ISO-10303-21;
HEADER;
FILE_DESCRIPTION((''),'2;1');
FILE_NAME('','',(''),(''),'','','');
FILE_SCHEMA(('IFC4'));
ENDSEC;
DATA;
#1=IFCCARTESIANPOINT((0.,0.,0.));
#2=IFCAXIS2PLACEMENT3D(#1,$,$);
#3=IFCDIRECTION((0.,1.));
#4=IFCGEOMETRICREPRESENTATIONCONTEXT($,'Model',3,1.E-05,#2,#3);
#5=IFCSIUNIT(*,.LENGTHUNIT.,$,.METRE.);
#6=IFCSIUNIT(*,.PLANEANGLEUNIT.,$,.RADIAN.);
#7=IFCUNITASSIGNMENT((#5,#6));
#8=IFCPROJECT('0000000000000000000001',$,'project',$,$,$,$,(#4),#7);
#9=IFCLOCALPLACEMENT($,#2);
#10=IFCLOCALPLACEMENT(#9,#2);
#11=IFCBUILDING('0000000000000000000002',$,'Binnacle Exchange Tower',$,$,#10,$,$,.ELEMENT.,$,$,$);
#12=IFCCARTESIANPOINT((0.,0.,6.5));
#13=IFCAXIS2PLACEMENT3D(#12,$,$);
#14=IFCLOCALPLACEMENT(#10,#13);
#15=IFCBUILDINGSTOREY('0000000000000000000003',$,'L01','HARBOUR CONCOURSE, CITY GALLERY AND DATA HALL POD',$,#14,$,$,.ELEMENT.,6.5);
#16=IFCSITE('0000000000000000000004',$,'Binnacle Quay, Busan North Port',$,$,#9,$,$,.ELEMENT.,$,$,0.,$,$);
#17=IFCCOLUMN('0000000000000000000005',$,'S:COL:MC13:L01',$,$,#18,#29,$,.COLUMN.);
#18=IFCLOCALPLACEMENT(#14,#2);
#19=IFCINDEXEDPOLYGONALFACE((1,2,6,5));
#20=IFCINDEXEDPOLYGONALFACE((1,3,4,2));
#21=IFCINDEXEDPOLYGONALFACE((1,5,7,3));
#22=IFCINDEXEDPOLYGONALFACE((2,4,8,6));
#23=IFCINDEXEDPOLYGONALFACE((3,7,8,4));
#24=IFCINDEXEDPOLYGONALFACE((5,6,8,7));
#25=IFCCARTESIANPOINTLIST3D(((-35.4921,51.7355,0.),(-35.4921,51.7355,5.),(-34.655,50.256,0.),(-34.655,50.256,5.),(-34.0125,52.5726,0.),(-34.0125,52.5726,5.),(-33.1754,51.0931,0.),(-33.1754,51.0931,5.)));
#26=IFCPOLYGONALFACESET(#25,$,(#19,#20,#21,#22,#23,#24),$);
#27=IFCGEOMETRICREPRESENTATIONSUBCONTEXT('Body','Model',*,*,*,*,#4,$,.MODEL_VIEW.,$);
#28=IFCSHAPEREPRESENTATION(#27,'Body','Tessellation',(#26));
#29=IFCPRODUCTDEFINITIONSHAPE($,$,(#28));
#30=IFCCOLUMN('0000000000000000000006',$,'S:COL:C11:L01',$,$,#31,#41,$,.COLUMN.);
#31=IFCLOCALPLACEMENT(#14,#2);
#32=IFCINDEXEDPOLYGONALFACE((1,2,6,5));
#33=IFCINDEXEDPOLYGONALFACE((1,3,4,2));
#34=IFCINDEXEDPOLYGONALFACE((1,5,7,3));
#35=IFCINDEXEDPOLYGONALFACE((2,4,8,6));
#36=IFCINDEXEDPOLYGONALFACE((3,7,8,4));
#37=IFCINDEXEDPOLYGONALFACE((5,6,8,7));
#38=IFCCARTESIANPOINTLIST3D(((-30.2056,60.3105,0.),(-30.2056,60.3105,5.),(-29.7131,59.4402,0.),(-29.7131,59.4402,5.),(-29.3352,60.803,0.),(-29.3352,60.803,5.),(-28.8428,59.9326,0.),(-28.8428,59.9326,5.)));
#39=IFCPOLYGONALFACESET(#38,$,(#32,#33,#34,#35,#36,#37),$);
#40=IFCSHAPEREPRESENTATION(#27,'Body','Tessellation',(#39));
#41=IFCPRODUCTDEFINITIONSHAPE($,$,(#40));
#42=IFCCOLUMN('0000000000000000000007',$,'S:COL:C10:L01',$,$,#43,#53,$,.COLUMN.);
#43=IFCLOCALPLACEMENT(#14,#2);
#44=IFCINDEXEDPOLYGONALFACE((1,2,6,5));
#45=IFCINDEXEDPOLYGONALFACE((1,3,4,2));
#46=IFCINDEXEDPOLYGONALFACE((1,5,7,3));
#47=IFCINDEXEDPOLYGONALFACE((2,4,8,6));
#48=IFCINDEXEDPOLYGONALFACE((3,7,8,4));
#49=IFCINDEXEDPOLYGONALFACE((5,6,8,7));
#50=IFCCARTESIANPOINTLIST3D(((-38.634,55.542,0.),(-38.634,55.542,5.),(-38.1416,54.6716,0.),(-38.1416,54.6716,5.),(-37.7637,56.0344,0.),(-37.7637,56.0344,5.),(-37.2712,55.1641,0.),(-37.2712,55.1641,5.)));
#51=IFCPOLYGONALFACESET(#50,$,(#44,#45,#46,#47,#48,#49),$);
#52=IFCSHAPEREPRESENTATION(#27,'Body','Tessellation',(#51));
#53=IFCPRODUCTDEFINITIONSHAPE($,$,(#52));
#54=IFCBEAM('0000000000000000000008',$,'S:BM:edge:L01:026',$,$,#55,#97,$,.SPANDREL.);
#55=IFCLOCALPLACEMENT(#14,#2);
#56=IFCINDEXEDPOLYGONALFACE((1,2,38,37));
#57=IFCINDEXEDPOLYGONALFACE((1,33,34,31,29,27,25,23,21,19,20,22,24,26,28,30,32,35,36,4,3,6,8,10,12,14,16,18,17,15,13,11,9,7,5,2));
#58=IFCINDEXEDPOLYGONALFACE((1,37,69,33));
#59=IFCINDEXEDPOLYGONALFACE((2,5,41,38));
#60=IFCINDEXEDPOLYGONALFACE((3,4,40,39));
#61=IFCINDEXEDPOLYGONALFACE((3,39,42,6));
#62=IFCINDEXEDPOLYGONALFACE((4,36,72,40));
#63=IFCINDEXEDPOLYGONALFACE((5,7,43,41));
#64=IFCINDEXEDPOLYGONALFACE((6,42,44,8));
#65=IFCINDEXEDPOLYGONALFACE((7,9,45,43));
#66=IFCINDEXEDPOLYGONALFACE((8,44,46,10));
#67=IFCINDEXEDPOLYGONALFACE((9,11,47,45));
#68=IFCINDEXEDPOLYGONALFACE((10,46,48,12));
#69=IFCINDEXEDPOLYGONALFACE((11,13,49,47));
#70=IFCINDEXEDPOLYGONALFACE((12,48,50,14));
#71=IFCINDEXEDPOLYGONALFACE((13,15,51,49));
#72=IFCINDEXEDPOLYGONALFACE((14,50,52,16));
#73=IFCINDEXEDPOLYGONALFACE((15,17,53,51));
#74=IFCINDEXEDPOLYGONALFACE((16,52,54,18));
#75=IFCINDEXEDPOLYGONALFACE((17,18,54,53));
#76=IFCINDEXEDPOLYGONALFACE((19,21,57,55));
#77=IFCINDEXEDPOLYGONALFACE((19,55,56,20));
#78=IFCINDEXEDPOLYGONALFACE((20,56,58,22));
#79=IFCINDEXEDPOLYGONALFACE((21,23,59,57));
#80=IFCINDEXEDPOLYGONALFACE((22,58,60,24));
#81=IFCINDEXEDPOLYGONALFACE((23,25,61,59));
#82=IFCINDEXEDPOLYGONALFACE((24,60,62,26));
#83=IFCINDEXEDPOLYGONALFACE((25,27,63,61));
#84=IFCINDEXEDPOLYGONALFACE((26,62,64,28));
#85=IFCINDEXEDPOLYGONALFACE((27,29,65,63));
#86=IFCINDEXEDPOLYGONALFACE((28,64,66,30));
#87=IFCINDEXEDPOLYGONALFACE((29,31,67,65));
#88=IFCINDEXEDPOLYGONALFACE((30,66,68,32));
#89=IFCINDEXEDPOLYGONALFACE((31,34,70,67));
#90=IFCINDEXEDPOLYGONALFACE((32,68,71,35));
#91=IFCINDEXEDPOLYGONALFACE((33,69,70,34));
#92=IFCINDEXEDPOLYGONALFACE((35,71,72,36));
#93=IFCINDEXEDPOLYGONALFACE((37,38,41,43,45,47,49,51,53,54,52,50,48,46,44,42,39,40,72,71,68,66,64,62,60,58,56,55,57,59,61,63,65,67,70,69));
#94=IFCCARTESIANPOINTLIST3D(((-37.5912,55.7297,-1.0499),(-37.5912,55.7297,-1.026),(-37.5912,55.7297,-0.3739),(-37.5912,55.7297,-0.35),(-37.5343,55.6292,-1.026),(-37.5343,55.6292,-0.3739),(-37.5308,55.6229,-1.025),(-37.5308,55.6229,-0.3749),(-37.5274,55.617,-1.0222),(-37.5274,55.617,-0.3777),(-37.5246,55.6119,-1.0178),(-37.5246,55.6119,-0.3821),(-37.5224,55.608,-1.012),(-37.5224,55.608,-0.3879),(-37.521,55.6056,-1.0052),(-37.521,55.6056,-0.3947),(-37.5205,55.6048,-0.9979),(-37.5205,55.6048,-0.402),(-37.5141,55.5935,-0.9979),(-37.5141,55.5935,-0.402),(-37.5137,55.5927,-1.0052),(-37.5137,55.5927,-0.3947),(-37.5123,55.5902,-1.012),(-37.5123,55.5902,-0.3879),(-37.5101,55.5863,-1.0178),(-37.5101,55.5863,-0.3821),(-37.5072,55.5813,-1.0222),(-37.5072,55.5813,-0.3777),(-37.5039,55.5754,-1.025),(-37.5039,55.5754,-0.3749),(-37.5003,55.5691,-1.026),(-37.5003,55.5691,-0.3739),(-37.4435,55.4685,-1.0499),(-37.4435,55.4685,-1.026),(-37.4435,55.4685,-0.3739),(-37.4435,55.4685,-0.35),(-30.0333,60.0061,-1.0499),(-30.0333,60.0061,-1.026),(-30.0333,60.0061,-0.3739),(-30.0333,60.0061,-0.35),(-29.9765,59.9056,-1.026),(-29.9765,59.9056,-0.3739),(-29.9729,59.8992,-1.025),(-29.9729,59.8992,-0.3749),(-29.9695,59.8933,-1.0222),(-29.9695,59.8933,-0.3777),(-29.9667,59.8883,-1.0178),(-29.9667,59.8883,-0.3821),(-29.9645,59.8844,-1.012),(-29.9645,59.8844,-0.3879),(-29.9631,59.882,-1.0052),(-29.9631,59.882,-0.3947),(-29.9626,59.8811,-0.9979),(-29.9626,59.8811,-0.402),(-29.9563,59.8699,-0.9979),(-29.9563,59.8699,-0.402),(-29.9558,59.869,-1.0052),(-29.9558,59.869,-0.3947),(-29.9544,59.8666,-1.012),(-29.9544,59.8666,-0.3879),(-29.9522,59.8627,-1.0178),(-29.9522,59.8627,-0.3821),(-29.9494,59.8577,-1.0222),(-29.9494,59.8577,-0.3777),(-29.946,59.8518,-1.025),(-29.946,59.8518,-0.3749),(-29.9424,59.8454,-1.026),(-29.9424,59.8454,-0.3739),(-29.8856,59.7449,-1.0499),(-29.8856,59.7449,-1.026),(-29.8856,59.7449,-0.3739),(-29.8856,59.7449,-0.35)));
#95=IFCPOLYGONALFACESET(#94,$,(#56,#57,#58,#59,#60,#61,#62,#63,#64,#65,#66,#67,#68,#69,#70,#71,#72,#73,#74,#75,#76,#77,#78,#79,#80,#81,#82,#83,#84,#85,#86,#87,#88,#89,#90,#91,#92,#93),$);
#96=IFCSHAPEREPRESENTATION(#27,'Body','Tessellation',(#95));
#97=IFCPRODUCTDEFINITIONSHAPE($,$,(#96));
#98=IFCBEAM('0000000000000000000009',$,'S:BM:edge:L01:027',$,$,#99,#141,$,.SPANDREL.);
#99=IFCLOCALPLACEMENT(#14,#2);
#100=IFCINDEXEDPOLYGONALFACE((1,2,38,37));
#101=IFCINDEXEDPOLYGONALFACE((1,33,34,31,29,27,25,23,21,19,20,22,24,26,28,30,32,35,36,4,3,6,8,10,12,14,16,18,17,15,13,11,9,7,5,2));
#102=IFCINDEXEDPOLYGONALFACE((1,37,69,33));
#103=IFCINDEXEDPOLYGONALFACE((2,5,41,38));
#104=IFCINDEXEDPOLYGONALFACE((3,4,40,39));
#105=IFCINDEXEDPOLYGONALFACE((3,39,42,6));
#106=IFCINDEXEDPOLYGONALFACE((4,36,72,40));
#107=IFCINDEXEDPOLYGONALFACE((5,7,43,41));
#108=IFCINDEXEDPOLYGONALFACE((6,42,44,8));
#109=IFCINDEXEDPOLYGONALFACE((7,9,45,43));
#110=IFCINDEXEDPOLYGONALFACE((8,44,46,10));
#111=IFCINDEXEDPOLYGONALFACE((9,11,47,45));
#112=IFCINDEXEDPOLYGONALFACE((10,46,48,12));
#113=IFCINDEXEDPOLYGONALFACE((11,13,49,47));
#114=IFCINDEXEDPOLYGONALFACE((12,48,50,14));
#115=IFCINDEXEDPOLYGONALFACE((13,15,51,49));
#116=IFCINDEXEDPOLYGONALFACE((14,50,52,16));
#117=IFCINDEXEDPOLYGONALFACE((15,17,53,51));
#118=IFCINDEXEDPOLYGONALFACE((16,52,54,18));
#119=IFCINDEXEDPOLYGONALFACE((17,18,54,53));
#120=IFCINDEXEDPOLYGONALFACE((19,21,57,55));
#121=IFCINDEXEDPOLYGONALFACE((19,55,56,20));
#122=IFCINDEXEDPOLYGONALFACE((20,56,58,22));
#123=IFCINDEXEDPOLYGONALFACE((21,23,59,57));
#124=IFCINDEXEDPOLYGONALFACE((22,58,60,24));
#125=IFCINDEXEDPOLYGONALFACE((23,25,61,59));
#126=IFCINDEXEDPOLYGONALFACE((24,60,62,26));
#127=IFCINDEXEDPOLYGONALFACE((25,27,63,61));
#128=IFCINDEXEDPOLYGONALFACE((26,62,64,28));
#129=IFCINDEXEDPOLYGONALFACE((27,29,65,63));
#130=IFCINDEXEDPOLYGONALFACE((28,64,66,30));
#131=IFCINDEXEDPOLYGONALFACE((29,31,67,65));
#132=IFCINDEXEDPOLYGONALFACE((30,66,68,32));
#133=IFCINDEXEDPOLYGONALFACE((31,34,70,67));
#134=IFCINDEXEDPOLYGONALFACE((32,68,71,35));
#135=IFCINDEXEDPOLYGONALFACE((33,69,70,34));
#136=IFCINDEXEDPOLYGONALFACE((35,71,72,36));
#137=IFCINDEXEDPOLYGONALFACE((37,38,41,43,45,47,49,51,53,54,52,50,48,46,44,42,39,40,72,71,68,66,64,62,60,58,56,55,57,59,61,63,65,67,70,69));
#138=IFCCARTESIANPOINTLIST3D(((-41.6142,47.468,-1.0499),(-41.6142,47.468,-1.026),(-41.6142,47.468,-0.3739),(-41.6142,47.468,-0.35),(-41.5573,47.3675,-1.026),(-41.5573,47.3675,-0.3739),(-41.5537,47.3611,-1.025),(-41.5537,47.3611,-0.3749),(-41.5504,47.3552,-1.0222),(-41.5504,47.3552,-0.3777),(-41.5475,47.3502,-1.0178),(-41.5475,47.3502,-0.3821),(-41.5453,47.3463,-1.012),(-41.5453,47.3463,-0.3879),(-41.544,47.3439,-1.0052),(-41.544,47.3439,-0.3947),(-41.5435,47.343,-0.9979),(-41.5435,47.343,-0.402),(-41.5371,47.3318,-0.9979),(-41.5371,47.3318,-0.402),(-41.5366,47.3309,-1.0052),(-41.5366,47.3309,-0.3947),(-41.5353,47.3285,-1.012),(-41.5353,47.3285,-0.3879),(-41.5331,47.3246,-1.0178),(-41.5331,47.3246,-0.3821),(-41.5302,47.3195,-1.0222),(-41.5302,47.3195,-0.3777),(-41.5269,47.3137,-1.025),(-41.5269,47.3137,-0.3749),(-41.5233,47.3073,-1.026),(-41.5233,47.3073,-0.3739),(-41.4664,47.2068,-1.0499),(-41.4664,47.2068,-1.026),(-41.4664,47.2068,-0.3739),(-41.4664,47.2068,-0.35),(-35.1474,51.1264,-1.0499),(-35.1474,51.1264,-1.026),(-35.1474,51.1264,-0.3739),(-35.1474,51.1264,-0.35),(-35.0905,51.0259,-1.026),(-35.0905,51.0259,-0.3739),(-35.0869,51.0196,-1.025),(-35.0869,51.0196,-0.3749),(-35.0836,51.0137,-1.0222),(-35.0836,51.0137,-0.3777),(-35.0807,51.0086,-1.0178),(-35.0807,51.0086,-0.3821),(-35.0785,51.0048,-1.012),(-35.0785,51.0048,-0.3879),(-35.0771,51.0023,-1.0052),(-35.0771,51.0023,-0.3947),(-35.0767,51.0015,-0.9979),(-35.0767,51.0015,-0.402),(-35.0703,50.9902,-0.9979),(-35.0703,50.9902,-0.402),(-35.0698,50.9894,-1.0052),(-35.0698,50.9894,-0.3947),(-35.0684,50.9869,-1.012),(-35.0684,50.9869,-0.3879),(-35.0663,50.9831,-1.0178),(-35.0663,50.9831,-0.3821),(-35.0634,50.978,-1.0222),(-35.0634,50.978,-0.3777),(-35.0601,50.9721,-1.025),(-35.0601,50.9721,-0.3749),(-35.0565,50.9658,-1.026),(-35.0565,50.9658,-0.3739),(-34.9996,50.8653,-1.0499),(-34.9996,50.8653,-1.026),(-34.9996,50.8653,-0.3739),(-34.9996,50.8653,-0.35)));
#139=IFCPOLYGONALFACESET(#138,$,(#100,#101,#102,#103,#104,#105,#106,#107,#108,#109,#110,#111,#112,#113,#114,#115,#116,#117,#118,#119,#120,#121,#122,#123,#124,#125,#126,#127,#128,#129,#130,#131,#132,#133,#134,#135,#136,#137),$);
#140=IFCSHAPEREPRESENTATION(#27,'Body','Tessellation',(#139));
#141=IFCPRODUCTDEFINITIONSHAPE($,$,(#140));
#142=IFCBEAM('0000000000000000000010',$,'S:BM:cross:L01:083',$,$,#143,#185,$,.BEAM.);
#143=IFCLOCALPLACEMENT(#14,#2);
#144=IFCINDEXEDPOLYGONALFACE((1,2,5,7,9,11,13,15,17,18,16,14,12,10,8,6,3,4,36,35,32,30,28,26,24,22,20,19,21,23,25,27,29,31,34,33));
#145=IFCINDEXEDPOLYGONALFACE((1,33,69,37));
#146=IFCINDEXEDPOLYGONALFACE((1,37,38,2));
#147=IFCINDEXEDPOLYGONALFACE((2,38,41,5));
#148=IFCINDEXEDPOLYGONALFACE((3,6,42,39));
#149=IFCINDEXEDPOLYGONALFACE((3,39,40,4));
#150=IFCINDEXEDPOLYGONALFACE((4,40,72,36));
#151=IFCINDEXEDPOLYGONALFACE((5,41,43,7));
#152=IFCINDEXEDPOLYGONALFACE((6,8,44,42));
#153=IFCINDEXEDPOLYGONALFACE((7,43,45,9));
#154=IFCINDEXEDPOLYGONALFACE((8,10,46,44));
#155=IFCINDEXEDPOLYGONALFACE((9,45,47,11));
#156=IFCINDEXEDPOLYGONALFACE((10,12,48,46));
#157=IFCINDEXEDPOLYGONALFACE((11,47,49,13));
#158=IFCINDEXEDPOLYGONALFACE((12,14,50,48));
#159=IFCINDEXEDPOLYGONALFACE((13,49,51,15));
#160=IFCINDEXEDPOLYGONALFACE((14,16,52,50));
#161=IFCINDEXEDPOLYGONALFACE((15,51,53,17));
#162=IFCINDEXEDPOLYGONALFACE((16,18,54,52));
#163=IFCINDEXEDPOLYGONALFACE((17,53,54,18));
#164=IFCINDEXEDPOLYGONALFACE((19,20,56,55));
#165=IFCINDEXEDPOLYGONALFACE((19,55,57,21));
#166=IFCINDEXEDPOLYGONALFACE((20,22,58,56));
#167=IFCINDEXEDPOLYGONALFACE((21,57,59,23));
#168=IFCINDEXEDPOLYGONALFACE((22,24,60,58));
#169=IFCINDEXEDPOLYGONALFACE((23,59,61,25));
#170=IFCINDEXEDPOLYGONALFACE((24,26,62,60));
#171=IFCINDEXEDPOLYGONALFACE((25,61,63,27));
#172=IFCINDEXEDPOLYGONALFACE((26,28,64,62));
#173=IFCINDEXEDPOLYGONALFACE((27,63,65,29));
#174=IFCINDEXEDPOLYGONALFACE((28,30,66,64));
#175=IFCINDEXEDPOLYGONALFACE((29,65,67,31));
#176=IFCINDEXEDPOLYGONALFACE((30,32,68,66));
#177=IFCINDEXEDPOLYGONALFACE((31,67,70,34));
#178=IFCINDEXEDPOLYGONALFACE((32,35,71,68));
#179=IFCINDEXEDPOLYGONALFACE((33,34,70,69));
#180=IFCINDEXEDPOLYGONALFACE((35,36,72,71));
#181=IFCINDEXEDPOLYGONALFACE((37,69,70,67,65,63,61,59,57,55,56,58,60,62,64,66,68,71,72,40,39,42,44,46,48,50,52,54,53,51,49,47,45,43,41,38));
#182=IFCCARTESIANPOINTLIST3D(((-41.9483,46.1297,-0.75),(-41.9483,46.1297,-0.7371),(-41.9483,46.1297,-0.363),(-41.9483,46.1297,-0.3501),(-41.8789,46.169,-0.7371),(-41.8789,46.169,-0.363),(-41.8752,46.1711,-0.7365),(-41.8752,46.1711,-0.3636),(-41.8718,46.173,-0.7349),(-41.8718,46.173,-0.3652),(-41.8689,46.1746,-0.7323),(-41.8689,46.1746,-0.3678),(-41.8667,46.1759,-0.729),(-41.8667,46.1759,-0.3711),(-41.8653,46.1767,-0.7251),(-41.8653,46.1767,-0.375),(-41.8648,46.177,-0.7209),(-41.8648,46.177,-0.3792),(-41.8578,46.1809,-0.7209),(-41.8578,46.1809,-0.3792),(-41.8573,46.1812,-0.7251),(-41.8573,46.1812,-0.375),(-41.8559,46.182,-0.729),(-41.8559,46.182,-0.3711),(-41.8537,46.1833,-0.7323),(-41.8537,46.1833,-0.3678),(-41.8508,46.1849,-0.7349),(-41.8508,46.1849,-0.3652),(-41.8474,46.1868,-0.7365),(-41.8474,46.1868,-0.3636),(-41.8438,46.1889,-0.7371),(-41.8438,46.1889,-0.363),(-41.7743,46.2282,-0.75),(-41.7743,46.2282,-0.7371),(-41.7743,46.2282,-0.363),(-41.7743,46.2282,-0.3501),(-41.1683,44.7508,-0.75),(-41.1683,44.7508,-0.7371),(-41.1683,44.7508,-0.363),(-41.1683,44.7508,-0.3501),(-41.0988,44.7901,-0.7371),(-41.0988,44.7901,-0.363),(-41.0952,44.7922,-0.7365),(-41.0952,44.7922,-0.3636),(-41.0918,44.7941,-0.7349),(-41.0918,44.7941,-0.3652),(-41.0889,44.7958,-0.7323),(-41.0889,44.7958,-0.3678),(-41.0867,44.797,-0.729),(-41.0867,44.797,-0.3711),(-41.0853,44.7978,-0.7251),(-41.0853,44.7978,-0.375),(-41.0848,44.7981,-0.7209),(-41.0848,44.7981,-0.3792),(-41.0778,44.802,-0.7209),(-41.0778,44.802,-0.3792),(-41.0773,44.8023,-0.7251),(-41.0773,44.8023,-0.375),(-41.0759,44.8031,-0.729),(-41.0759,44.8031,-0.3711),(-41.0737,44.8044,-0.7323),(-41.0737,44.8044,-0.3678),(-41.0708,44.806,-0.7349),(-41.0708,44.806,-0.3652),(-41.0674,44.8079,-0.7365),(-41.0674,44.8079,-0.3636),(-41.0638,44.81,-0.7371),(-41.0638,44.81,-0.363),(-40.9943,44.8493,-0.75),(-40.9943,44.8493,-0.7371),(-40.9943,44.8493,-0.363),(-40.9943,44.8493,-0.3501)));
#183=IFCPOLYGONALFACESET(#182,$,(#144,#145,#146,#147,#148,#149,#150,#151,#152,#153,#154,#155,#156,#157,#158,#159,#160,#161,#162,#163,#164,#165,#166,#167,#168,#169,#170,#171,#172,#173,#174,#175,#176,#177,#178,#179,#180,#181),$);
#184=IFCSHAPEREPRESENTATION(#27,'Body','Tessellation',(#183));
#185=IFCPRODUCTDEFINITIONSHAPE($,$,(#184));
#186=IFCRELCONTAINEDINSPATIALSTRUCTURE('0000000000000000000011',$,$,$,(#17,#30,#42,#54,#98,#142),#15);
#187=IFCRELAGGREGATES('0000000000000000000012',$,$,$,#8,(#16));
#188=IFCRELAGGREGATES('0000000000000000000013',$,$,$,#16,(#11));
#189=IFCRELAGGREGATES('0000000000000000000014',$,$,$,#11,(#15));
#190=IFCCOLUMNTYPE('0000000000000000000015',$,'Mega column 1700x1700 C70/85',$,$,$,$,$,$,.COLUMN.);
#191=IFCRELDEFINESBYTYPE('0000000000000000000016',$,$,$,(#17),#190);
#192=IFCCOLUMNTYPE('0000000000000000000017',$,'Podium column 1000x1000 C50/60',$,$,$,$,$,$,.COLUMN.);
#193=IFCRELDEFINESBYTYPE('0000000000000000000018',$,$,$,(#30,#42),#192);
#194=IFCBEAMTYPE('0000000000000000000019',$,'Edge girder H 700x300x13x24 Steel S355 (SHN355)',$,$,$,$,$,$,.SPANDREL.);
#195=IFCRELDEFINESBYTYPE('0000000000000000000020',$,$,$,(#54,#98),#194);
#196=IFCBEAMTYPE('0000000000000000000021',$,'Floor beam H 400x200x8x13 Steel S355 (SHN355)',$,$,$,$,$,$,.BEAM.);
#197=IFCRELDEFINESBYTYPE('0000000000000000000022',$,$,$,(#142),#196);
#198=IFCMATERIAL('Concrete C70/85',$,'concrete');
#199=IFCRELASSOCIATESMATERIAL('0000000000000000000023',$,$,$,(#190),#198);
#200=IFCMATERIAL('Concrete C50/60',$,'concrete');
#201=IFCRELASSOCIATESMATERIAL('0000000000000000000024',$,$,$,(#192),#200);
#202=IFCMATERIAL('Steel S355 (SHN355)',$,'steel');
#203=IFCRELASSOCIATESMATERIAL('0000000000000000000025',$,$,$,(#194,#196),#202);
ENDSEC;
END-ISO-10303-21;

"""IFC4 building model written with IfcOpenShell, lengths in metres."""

from ifc_helpers import new_model, si_unit, direction, frame, origin, origin_2d, place, context, subcontext, project, spatial, rectangle, i_section, extrude, material, material_profile, profile_set, type_object, element, save


model = new_model("IFC4")

# Units and contexts
model_context = context("Model", 3, precision=1e-05, world=origin(), true_north=direction((0.0, 1.0)))
body_context = subcontext(model_context, "Body", "Model", "MODEL_VIEW")
ifc_project = project(units=[si_unit("LENGTHUNIT", "METRE"), si_unit("PLANEANGLEUNIT", "RADIAN")], contexts=[model_context])

# Site, building, storey
site_placement = place(None, origin())
site = spatial("IfcSite", under=ifc_project, at=site_placement, Name="Binnacle Quay, Busan North Port", CompositionType="ELEMENT", RefElevation=0.0)
building_placement = place(site_placement, origin())
building = spatial("IfcBuilding", under=site, at=building_placement, Name="Binnacle Exchange Tower", CompositionType="ELEMENT")
storey_placement = place(building_placement, frame((0.0, 0.0, 6.5)))
storey = spatial("IfcBuildingStorey", under=building, at=storey_placement, Name="L01", Description="HARBOUR CONCOURSE, CITY GALLERY AND DATA HALL POD", CompositionType="ELEMENT", Elevation=6.5)

# Columns
ifc_material_1 = material(Name="Concrete C70/85", Category="concrete")
ifc_material_profile_1 = material_profile(ifc_material_1, rectangle(XDim=1.7, YDim=1.7, at=origin_2d()), Name="Mega column 1700x1700 C70/85")
ifc_profile_set_1 = profile_set([ifc_material_profile_1], Name="Concrete C70/85")
column_type_1 = type_object("IfcColumnType", Name="Mega column 1700x1700 C70/85", PredefinedType="COLUMN", material=ifc_profile_set_1)
column_placement = place(storey_placement, frame((-34.3337, 51.4143, 0.0), z_axis=(0.0, 0.0, 1.0), x_axis=(-0.870356, -0.492424, 0.0)))
element("IfcColumn", 1, at=column_placement, inside=storey, type_object=column_type_1, Name="S:COL:MC13:L01", PredefinedType="COLUMN", context=body_context, shape_type="SweptSolid", body=[
    extrude(rectangle(XDim=1.7, YDim=1.7, at=origin_2d()), origin(), (0.0, 0.0, 1.0), 5.0),
])
ifc_material_2 = material(Name="Concrete C50/60", Category="concrete")
ifc_material_profile_2 = material_profile(ifc_material_2, rectangle(XDim=1.0, YDim=1.0, at=origin_2d()), Name="Podium column 1000x1000 C50/60")
ifc_profile_set_2 = profile_set([ifc_material_profile_2], Name="Concrete C50/60")
column_type_2 = type_object("IfcColumnType", Name="Podium column 1000x1000 C50/60", PredefinedType="COLUMN", material=ifc_profile_set_2)
for number, where, z_axis, x_axis, name in (
    (2, (-29.5242, 60.1216, 0.0), (0.0, 0.0, 1.0), (-0.870356, -0.492424, 0.0), "S:COL:C11:L01"),
    (3, (-37.9526, 55.353, 0.0), (0.0, 0.0, 1.0), (-0.870356, -0.492424, 0.0), "S:COL:C10:L01"),
):
    element("IfcColumn", number, at=place(storey_placement, frame(where, z_axis=z_axis, x_axis=x_axis)), inside=storey, type_object=column_type_2, Name=name, PredefinedType="COLUMN", context=body_context, shape_type="SweptSolid", body=[
        extrude(rectangle(XDim=1.0, YDim=1.0, at=origin_2d()), origin(), (0.0, 0.0, 1.0), 5.0),
    ])

# Beams
ifc_material_3 = material(Name="Steel S355 (SHN355)", Category="steel")
ifc_material_profile_3 = material_profile(ifc_material_3, i_section(OverallWidth=0.3, OverallDepth=0.7, WebThickness=0.0129, FlangeThickness=0.0239, FilletRadius=0.0281, at=origin_2d()), Name="H 700x300x13x24")
ifc_profile_set_3 = profile_set([ifc_material_profile_3], Name="Steel S355 (SHN355)")
beam_type_1 = type_object("IfcBeamType", Name="Edge girder H 700x300x13x24 Steel S355 (SHN355)", PredefinedType="SPANDREL", material=ifc_profile_set_3)
beam_1_placement = place(storey_placement, frame((-37.5173, 55.5991, -0.7), z_axis=(0.870339, 0.492453, 0.0), x_axis=(-0.492453, 0.870339, 0.0)))
element("IfcBeam", 4, at=beam_1_placement, inside=storey, type_object=beam_type_1, Name="S:BM:edge:L01:026", PredefinedType="SPANDREL", context=body_context, shape_type="SweptSolid", body=[
    extrude(i_section(OverallWidth=0.3, OverallDepth=0.7, WebThickness=0.0129, FlangeThickness=0.0239, FilletRadius=0.0281, at=origin_2d()), origin(), (0.0, 0.0, 1.0), 8.6838),
])
beam_2_placement = place(storey_placement, frame((-35.0735, 50.9958, -0.7), z_axis=(-0.870372, -0.492394, 0.0), x_axis=(0.492394, -0.870372, 0.0)))
element("IfcBeam", 5, at=beam_2_placement, inside=storey, type_object=beam_type_1, Name="S:BM:edge:L01:027", PredefinedType="SPANDREL", context=body_context, shape_type="SweptSolid", body=[
    extrude(i_section(OverallWidth=0.3, OverallDepth=0.7, WebThickness=0.0129, FlangeThickness=0.0239, FilletRadius=0.0281, at=origin_2d()), origin(), (0.0, 0.0, 1.0), 7.4299),
])
ifc_material_profile_4 = material_profile(ifc_material_3, i_section(OverallWidth=0.2, OverallDepth=0.3999, WebThickness=0.0081, FlangeThickness=0.0129, FilletRadius=0.0161, at=origin_2d()), Name="H 400x200x8x13")
ifc_profile_set_4 = profile_set([ifc_material_profile_4], Name="Steel S355 (SHN355)")
beam_type_2 = type_object("IfcBeamType", Name="Floor beam H 400x200x8x13 Steel S355 (SHN355)", PredefinedType="BEAM", material=ifc_profile_set_4)
beam_3_placement = place(storey_placement, frame((-41.8613, 46.179, -0.55), z_axis=(0.492367, -0.870388, 0.0), x_axis=(0.870388, 0.492367, 0.0)))
element("IfcBeam", 6, at=beam_3_placement, inside=storey, type_object=beam_type_2, Name="S:BM:cross:L01:083", PredefinedType="BEAM", context=body_context, shape_type="SweptSolid", body=[
    extrude(i_section(OverallWidth=0.2, OverallDepth=0.3999, WebThickness=0.0081, FlangeThickness=0.0129, FilletRadius=0.0161, at=origin_2d()), origin(), (0.0, 0.0, 1.0), 1.5842),
])

save(model, "model.ifc")
